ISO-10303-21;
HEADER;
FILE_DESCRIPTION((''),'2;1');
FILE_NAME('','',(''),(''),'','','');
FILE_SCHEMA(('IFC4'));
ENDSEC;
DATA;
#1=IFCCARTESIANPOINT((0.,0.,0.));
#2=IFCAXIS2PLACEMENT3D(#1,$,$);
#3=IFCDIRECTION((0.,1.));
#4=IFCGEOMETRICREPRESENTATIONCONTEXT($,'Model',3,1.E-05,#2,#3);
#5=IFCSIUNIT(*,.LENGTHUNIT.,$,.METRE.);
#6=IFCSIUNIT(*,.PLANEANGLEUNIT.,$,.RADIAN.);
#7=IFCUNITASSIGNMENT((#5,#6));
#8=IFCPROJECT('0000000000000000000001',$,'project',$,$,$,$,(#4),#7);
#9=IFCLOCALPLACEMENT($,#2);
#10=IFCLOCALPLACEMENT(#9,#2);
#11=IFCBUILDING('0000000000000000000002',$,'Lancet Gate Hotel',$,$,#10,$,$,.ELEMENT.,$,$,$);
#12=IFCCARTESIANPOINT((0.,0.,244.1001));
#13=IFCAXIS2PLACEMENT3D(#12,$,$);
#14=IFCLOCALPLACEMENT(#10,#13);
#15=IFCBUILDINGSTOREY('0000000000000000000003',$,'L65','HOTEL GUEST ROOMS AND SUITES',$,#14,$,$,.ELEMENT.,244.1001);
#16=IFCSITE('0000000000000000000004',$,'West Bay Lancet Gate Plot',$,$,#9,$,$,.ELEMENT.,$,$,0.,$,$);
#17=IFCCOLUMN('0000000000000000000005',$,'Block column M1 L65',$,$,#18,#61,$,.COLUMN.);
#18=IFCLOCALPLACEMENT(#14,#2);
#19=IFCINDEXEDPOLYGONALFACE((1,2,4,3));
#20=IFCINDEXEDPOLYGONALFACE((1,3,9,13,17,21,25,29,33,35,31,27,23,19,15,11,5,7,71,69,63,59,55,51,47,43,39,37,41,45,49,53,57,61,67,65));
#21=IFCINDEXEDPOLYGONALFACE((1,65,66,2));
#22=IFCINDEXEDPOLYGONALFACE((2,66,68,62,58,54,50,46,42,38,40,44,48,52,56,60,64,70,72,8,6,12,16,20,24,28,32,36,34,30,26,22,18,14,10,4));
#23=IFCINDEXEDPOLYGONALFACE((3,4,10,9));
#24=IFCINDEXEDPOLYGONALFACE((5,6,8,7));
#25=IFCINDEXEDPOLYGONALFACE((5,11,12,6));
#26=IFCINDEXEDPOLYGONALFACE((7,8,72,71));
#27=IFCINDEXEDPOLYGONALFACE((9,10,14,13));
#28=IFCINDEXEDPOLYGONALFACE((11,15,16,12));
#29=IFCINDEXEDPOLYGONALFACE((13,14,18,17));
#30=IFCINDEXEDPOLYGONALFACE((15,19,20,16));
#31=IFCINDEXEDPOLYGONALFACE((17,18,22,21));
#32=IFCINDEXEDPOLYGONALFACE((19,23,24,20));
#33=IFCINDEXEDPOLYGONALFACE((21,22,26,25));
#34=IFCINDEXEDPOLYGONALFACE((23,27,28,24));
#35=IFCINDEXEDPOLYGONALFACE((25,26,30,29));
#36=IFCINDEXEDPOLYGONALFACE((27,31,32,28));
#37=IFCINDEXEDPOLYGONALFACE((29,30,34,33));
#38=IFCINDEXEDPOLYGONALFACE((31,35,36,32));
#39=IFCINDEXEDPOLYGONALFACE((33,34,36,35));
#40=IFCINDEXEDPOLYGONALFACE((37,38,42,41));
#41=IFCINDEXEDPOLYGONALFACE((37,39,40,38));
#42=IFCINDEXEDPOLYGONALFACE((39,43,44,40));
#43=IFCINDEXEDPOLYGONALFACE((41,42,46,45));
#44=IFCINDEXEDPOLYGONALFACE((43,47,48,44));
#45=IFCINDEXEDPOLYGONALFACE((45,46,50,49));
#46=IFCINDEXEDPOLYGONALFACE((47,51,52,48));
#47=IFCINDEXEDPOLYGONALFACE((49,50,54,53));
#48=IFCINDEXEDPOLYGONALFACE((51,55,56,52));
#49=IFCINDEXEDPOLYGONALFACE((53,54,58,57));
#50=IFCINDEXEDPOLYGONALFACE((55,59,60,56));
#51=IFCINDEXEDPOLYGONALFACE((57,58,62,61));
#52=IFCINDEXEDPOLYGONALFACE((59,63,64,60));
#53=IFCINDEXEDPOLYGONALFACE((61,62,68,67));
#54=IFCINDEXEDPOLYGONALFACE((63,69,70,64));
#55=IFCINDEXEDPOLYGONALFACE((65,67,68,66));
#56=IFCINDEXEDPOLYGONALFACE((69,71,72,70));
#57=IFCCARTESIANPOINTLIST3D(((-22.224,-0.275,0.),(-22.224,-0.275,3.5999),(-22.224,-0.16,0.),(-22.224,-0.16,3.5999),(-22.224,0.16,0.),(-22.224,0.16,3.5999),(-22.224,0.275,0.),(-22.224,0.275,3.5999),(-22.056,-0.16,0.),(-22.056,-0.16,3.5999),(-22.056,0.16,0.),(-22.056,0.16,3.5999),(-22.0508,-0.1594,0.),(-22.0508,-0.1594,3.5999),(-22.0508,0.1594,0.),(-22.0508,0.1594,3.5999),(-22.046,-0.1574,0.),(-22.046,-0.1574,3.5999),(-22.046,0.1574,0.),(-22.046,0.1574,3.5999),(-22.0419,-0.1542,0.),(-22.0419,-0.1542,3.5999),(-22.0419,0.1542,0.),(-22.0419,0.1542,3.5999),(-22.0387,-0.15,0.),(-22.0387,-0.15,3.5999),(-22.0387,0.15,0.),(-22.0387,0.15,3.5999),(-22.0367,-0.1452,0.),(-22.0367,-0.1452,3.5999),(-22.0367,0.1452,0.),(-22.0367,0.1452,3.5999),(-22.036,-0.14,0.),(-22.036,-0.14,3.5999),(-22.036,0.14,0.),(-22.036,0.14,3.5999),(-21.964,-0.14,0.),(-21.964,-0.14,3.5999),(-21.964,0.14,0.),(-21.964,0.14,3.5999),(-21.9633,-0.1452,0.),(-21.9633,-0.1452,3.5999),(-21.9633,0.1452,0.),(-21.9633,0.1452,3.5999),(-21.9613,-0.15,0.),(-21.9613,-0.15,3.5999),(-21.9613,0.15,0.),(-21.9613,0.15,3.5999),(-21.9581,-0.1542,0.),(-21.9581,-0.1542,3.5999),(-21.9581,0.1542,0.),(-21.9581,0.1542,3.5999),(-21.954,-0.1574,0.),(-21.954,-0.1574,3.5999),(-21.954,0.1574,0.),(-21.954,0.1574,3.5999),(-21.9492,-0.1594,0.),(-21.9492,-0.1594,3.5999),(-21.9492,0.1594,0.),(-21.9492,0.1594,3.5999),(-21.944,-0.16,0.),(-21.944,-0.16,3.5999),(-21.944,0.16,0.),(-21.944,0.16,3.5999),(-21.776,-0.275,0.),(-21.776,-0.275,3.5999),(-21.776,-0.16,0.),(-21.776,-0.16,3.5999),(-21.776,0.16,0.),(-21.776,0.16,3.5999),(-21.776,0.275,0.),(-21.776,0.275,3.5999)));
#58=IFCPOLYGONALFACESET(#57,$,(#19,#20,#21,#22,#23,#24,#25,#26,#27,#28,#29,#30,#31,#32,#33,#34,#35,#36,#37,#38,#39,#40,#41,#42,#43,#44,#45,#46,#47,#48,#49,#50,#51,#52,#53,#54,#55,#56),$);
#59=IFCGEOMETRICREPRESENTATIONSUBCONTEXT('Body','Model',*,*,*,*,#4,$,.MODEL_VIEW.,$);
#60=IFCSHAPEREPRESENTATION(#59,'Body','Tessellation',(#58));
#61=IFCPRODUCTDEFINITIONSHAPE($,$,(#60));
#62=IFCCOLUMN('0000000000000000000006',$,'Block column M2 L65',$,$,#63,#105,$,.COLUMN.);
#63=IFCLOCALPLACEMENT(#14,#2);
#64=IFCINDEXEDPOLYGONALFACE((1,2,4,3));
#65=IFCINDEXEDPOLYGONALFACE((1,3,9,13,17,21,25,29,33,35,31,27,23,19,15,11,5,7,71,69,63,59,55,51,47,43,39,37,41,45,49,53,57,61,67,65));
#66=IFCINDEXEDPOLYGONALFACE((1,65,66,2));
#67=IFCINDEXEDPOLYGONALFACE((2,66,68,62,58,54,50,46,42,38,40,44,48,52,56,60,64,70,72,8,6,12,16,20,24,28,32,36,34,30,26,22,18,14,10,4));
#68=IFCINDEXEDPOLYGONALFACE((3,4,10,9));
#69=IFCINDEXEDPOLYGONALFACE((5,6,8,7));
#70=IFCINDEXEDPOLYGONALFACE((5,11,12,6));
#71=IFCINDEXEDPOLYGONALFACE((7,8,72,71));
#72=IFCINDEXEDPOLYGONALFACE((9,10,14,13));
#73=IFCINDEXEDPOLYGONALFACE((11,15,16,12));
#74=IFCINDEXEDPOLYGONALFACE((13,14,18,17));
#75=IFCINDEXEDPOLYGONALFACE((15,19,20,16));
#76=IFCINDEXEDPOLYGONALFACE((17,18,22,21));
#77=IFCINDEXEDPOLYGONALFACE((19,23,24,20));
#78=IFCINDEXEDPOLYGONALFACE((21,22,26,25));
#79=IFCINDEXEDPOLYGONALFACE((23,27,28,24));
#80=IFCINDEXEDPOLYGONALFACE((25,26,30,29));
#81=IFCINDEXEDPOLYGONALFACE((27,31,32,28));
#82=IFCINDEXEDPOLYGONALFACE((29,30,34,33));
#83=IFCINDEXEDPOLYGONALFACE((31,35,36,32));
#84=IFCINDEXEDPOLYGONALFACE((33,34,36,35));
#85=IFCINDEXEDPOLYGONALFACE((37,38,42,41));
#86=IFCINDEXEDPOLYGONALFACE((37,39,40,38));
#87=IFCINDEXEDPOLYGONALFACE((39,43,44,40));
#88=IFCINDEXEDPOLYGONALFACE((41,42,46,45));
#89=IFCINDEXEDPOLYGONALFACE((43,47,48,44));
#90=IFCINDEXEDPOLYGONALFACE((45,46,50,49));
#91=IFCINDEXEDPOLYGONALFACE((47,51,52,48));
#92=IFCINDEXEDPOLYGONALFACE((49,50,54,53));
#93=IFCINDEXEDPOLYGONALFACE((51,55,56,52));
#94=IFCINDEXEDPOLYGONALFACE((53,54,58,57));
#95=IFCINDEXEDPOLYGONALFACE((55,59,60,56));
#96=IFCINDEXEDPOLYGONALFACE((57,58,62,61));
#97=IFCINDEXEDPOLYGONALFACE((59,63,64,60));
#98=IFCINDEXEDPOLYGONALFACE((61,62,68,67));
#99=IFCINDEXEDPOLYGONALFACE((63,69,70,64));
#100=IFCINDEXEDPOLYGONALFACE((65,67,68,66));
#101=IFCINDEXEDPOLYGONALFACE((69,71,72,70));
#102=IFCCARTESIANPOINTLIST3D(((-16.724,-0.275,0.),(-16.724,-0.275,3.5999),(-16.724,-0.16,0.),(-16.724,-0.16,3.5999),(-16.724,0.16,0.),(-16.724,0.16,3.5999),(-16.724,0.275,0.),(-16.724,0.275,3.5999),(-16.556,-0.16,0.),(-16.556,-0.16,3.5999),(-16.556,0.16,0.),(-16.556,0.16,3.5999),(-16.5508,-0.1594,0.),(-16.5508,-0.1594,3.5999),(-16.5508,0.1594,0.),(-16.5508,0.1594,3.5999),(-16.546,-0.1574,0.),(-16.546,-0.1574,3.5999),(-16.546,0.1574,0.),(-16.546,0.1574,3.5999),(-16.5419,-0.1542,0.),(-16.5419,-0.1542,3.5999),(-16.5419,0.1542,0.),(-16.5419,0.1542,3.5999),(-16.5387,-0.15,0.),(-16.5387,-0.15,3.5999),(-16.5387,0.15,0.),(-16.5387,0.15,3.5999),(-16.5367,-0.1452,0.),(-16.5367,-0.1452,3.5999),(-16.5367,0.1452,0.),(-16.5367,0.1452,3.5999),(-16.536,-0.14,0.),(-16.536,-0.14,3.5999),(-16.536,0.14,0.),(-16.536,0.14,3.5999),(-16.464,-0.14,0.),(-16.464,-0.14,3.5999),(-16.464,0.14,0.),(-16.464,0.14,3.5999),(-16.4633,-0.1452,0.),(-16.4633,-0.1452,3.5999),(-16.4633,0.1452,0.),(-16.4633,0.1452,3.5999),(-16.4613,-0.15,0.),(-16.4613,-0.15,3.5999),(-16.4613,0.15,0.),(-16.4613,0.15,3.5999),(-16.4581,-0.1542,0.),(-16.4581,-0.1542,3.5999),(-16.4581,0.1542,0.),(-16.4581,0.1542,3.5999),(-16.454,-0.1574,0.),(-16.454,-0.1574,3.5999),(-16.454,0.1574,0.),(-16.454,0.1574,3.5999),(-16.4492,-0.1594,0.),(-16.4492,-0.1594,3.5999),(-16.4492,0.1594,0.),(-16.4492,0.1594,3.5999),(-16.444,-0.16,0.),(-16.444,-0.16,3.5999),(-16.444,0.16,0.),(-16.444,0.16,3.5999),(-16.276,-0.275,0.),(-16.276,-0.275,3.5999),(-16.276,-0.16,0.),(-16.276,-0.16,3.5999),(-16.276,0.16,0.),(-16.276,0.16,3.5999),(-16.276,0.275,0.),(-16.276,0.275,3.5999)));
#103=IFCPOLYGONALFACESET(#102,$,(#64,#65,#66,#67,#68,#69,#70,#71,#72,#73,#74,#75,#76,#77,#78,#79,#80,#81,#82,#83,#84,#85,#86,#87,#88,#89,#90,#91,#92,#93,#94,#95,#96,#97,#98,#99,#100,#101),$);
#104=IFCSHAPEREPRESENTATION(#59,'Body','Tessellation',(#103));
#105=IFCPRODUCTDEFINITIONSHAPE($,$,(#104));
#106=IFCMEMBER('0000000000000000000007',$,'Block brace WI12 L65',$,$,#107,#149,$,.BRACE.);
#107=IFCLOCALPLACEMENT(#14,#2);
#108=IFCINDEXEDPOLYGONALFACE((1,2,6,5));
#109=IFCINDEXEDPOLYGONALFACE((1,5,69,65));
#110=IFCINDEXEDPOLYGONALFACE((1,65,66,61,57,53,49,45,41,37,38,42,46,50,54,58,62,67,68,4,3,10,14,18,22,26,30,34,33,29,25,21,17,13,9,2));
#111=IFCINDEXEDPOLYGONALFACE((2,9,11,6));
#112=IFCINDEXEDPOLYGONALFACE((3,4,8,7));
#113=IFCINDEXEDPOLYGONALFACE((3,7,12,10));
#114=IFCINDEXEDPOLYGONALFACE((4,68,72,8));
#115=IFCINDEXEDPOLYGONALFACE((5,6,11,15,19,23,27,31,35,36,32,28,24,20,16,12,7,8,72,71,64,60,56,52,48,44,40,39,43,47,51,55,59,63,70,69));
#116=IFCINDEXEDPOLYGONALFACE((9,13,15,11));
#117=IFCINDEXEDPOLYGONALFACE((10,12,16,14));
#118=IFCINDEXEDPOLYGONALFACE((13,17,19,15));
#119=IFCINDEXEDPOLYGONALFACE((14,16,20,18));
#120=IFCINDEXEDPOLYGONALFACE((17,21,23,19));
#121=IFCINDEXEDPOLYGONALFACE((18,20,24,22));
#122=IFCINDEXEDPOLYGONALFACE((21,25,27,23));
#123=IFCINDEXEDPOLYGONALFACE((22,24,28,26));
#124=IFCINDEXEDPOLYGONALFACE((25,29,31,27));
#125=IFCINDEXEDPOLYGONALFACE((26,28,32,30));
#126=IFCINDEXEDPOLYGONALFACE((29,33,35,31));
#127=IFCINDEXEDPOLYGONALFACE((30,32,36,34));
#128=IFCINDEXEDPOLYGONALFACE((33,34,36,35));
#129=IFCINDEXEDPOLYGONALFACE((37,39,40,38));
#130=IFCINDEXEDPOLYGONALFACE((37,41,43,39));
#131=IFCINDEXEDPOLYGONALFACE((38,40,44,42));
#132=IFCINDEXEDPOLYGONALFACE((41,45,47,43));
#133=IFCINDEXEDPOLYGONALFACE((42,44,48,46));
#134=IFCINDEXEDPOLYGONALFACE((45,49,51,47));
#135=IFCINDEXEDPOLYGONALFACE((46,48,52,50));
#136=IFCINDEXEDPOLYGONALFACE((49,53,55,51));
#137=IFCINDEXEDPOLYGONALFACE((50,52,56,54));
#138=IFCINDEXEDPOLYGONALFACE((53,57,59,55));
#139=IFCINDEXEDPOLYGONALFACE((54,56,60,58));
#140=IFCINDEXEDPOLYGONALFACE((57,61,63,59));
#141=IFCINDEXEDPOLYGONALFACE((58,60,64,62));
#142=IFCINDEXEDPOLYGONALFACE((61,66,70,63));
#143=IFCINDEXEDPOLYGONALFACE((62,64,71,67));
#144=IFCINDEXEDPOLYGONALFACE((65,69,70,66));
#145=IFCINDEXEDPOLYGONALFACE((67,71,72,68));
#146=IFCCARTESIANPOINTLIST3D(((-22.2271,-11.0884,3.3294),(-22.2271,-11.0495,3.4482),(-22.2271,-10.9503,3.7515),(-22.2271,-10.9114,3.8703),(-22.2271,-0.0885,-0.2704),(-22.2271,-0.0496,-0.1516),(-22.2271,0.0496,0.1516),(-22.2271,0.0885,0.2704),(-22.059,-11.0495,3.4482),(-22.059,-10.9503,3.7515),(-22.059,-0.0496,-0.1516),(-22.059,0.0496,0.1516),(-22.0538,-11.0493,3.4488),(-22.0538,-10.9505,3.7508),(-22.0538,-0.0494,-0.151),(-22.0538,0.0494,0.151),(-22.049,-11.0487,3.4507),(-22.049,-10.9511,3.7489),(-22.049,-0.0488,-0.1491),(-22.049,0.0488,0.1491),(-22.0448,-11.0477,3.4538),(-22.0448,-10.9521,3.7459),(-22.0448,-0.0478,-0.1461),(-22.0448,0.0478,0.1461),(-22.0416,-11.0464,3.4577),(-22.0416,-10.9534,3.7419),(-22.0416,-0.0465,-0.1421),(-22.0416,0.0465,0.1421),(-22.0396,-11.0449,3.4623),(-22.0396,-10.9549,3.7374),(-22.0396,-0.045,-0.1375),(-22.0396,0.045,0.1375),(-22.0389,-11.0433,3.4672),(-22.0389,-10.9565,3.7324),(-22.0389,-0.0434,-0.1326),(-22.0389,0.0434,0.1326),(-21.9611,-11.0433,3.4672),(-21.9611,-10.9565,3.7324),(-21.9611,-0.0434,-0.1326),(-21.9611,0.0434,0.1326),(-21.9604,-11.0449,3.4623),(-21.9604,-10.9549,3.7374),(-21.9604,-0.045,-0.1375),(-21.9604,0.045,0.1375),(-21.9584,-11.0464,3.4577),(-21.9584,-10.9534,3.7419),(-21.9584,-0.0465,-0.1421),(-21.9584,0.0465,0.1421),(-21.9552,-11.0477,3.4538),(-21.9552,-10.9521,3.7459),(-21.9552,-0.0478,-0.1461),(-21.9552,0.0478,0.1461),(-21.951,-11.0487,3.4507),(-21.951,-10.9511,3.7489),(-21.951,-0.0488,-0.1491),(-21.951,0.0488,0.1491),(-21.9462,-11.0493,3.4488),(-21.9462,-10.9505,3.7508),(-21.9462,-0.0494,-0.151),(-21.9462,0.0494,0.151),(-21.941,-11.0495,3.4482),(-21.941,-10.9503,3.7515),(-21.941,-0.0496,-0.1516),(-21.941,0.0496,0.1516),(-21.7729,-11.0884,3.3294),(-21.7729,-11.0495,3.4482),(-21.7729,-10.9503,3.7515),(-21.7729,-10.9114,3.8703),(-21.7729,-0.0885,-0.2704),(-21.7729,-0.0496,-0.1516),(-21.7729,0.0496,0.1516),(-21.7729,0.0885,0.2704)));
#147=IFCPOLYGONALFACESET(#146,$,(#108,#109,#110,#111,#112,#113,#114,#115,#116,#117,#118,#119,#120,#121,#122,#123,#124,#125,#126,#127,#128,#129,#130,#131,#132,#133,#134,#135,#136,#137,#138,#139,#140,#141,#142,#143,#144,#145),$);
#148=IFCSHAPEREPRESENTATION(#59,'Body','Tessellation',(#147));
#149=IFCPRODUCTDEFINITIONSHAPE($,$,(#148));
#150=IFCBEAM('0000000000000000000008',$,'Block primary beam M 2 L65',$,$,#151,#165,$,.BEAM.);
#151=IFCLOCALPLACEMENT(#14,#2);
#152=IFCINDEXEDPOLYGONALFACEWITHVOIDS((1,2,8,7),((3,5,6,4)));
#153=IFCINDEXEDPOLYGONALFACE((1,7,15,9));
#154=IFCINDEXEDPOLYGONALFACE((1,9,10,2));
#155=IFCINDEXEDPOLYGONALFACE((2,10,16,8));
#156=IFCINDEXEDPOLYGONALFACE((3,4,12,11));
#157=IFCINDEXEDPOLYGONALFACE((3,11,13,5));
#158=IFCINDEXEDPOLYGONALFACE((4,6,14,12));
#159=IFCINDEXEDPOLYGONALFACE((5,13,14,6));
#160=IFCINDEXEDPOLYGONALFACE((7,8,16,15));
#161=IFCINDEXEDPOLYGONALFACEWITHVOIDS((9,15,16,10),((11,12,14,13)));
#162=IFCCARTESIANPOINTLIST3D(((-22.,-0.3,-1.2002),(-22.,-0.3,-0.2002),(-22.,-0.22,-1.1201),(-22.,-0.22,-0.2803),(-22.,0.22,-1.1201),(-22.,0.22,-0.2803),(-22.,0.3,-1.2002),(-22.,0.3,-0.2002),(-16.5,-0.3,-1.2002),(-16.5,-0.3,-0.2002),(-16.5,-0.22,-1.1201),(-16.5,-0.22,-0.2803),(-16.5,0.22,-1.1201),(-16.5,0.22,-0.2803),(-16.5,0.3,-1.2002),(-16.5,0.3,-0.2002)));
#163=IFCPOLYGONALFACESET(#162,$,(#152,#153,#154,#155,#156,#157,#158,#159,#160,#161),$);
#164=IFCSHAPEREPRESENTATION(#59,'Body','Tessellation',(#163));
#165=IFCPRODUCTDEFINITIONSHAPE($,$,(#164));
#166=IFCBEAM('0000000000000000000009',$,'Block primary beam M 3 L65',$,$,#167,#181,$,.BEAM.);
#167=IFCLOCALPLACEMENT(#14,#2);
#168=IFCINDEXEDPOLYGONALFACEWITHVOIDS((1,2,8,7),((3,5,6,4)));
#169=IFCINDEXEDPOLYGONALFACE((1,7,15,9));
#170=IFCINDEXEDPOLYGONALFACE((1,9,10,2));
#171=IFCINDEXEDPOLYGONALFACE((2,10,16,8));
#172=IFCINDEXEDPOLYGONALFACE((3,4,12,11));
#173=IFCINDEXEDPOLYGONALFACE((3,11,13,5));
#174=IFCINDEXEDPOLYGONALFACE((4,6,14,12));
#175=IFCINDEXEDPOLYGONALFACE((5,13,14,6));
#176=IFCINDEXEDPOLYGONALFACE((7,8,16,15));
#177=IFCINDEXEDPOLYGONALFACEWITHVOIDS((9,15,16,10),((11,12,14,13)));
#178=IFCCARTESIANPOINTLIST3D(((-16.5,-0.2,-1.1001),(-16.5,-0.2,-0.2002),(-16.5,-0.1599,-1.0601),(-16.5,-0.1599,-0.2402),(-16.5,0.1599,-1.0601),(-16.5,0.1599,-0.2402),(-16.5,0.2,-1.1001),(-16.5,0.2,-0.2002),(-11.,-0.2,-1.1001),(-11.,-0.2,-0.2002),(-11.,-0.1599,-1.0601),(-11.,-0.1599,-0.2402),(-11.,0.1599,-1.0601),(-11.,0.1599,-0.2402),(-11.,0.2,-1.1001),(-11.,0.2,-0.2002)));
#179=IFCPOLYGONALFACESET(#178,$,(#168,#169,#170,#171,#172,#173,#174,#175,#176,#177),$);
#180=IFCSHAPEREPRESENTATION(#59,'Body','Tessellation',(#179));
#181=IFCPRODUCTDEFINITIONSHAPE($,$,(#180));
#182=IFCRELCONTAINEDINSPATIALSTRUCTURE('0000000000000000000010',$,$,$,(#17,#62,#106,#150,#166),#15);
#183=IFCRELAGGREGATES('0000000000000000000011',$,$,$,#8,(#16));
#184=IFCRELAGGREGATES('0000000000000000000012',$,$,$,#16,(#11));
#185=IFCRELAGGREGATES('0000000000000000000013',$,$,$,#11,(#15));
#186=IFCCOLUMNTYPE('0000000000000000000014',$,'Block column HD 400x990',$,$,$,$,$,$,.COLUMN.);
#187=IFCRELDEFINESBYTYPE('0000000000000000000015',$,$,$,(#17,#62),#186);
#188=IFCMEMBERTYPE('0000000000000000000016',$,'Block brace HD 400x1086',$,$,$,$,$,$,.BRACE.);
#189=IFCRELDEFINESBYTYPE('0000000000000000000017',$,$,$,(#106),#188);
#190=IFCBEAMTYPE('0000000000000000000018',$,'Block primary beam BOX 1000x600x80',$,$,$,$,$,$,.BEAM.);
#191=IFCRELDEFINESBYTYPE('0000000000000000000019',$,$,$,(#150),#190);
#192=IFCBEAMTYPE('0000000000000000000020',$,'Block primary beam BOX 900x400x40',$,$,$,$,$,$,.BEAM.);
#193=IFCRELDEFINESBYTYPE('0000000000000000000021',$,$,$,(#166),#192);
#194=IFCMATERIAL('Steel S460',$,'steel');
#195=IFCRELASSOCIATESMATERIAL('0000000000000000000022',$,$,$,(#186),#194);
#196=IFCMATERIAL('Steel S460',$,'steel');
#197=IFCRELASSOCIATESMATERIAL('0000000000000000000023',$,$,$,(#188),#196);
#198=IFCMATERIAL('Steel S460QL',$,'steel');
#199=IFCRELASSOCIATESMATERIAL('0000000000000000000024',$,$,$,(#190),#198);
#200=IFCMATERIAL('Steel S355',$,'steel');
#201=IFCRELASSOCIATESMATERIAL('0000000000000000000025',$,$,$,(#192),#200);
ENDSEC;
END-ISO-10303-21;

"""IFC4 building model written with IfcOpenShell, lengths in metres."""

from ifc_helpers import new_model, si_unit, direction, frame, origin, origin_2d, place, context, subcontext, project, spatial, hollow_rectangle, i_section, extrude, material, material_profile, profile_set, type_object, element, save


model = new_model("IFC4")

# Units and contexts
model_context = context("Model", 3, precision=1e-05, world=origin(), true_north=direction((0.0, 1.0)))
body_context = subcontext(model_context, "Body", "Model", "MODEL_VIEW")
ifc_project = project(units=[si_unit("LENGTHUNIT", "METRE"), si_unit("PLANEANGLEUNIT", "RADIAN")], contexts=[model_context])

# Site, building, storey
site_placement = place(None, origin())
site = spatial("IfcSite", under=ifc_project, at=site_placement, Name="West Bay Lancet Gate Plot", CompositionType="ELEMENT", RefElevation=0.0)
building_placement = place(site_placement, origin())
building = spatial("IfcBuilding", under=site, at=building_placement, Name="Lancet Gate Hotel", CompositionType="ELEMENT")
storey_placement = place(building_placement, frame((0.0, 0.0, 244.1001)))
storey = spatial("IfcBuildingStorey", under=building, at=storey_placement, Name="L65", Description="HOTEL GUEST ROOMS AND SUITES", CompositionType="ELEMENT", Elevation=244.1001)

# Columns
ifc_material_1 = material(Name="Steel S460", Category="steel")
ifc_material_profile_1 = material_profile(ifc_material_1, i_section(OverallWidth=0.448, OverallDepth=0.55, WebThickness=0.072, FlangeThickness=0.115, FilletRadius=0.02, at=origin_2d()), Name="HD 400x990")
ifc_profile_set_1 = profile_set([ifc_material_profile_1], Name="Steel S460")
column_type = type_object("IfcColumnType", Name="Block column HD 400x990", PredefinedType="COLUMN", material=ifc_profile_set_1)
for number, where, z_axis, x_axis, name in (
    (1, (-22.0, 0.0, 0.0), (0.0, 0.0, 1.0), (1.0, 0.0, 0.0), "Block column M1 L65"),
    (2, (-16.5, 0.0, 0.0), (0.0, 0.0, 1.0), (1.0, 0.0, 0.0), "Block column M2 L65"),
):
    element("IfcColumn", number, at=place(storey_placement, frame(where, z_axis=z_axis, x_axis=x_axis)), inside=storey, type_object=column_type, Name=name, PredefinedType="COLUMN", context=body_context, shape_type="SweptSolid", body=[
        extrude(i_section(OverallWidth=0.448, OverallDepth=0.55, WebThickness=0.072, FlangeThickness=0.115, FilletRadius=0.02, at=origin_2d()), origin(), (0.0, 0.0, 1.0), 3.5999),
    ])

# Member
ifc_material_2 = material(Name="Steel S460", Category="steel")
ifc_material_profile_2 = material_profile(ifc_material_2, i_section(OverallWidth=0.4541, OverallDepth=0.5691, WebThickness=0.0779, FlangeThickness=0.125, FilletRadius=0.02, at=origin_2d()), Name="HD 400x1086")
ifc_profile_set_2 = profile_set([ifc_material_profile_2], Name="Steel S460")
member_type = type_object("IfcMemberType", Name="Block brace HD 400x1086", PredefinedType="BRACE", material=ifc_profile_set_2)
member_placement = place(storey_placement, frame((-22.0, 0.0, 0.0), z_axis=(0.0, -0.950401, 0.311028), x_axis=(1.0, 0.0, 0.0)))
element("IfcMember", 3, at=member_placement, inside=storey, type_object=member_type, Name="Block brace WI12 L65", PredefinedType="BRACE", context=body_context, shape_type="SweptSolid", body=[
    extrude(i_section(OverallWidth=0.4541, OverallDepth=0.5691, WebThickness=0.0779, FlangeThickness=0.125, FilletRadius=0.02, at=origin_2d()), origin(), (0.0, 0.0, 1.0), 11.574),
])

# Beams
ifc_material_3 = material(Name="Steel S460QL", Category="steel")
ifc_material_profile_3 = material_profile(ifc_material_3, hollow_rectangle(XDim=0.6001, YDim=1.0, WallThickness=0.0801, at=origin_2d()), Name="BOX 1000x600x80")
ifc_profile_set_3 = profile_set([ifc_material_profile_3], Name="Steel S460QL")
beam_type_1 = type_object("IfcBeamType", Name="Block primary beam BOX 1000x600x80", PredefinedType="BEAM", material=ifc_profile_set_3)
beam_1_placement = place(storey_placement, frame((-22.0, 0.0, -0.7002), z_axis=(1.0, 0.0, 0.0), x_axis=(0.0, 1.0, 0.0)))
element("IfcBeam", 4, at=beam_1_placement, inside=storey, type_object=beam_type_1, Name="Block primary beam M 2 L65", PredefinedType="BEAM", context=body_context, shape_type="SweptSolid", body=[
    extrude(hollow_rectangle(XDim=0.6001, YDim=1.0, WallThickness=0.0801, at=origin_2d()), origin(), (0.0, 0.0, 1.0), 5.5),
])
ifc_material_4 = material(Name="Steel S355", Category="steel")
ifc_material_profile_4 = material_profile(ifc_material_4, hollow_rectangle(XDim=0.3999, YDim=0.8999, WallThickness=0.04, at=origin_2d()), Name="BOX 900x400x40")
ifc_profile_set_4 = profile_set([ifc_material_profile_4], Name="Steel S355")
beam_type_2 = type_object("IfcBeamType", Name="Block primary beam BOX 900x400x40", PredefinedType="BEAM", material=ifc_profile_set_4)
beam_2_placement = place(storey_placement, frame((-16.5, 0.0, -0.6501), z_axis=(1.0, 0.0, 0.0), x_axis=(0.0, 1.0, 0.0)))
element("IfcBeam", 5, at=beam_2_placement, inside=storey, type_object=beam_type_2, Name="Block primary beam M 3 L65", PredefinedType="BEAM", context=body_context, shape_type="SweptSolid", body=[
    extrude(hollow_rectangle(XDim=0.3999, YDim=0.8999, WallThickness=0.04, at=origin_2d()), origin(), (0.0, 0.0, 1.0), 5.5),
])

save(model, "model.ifc")
